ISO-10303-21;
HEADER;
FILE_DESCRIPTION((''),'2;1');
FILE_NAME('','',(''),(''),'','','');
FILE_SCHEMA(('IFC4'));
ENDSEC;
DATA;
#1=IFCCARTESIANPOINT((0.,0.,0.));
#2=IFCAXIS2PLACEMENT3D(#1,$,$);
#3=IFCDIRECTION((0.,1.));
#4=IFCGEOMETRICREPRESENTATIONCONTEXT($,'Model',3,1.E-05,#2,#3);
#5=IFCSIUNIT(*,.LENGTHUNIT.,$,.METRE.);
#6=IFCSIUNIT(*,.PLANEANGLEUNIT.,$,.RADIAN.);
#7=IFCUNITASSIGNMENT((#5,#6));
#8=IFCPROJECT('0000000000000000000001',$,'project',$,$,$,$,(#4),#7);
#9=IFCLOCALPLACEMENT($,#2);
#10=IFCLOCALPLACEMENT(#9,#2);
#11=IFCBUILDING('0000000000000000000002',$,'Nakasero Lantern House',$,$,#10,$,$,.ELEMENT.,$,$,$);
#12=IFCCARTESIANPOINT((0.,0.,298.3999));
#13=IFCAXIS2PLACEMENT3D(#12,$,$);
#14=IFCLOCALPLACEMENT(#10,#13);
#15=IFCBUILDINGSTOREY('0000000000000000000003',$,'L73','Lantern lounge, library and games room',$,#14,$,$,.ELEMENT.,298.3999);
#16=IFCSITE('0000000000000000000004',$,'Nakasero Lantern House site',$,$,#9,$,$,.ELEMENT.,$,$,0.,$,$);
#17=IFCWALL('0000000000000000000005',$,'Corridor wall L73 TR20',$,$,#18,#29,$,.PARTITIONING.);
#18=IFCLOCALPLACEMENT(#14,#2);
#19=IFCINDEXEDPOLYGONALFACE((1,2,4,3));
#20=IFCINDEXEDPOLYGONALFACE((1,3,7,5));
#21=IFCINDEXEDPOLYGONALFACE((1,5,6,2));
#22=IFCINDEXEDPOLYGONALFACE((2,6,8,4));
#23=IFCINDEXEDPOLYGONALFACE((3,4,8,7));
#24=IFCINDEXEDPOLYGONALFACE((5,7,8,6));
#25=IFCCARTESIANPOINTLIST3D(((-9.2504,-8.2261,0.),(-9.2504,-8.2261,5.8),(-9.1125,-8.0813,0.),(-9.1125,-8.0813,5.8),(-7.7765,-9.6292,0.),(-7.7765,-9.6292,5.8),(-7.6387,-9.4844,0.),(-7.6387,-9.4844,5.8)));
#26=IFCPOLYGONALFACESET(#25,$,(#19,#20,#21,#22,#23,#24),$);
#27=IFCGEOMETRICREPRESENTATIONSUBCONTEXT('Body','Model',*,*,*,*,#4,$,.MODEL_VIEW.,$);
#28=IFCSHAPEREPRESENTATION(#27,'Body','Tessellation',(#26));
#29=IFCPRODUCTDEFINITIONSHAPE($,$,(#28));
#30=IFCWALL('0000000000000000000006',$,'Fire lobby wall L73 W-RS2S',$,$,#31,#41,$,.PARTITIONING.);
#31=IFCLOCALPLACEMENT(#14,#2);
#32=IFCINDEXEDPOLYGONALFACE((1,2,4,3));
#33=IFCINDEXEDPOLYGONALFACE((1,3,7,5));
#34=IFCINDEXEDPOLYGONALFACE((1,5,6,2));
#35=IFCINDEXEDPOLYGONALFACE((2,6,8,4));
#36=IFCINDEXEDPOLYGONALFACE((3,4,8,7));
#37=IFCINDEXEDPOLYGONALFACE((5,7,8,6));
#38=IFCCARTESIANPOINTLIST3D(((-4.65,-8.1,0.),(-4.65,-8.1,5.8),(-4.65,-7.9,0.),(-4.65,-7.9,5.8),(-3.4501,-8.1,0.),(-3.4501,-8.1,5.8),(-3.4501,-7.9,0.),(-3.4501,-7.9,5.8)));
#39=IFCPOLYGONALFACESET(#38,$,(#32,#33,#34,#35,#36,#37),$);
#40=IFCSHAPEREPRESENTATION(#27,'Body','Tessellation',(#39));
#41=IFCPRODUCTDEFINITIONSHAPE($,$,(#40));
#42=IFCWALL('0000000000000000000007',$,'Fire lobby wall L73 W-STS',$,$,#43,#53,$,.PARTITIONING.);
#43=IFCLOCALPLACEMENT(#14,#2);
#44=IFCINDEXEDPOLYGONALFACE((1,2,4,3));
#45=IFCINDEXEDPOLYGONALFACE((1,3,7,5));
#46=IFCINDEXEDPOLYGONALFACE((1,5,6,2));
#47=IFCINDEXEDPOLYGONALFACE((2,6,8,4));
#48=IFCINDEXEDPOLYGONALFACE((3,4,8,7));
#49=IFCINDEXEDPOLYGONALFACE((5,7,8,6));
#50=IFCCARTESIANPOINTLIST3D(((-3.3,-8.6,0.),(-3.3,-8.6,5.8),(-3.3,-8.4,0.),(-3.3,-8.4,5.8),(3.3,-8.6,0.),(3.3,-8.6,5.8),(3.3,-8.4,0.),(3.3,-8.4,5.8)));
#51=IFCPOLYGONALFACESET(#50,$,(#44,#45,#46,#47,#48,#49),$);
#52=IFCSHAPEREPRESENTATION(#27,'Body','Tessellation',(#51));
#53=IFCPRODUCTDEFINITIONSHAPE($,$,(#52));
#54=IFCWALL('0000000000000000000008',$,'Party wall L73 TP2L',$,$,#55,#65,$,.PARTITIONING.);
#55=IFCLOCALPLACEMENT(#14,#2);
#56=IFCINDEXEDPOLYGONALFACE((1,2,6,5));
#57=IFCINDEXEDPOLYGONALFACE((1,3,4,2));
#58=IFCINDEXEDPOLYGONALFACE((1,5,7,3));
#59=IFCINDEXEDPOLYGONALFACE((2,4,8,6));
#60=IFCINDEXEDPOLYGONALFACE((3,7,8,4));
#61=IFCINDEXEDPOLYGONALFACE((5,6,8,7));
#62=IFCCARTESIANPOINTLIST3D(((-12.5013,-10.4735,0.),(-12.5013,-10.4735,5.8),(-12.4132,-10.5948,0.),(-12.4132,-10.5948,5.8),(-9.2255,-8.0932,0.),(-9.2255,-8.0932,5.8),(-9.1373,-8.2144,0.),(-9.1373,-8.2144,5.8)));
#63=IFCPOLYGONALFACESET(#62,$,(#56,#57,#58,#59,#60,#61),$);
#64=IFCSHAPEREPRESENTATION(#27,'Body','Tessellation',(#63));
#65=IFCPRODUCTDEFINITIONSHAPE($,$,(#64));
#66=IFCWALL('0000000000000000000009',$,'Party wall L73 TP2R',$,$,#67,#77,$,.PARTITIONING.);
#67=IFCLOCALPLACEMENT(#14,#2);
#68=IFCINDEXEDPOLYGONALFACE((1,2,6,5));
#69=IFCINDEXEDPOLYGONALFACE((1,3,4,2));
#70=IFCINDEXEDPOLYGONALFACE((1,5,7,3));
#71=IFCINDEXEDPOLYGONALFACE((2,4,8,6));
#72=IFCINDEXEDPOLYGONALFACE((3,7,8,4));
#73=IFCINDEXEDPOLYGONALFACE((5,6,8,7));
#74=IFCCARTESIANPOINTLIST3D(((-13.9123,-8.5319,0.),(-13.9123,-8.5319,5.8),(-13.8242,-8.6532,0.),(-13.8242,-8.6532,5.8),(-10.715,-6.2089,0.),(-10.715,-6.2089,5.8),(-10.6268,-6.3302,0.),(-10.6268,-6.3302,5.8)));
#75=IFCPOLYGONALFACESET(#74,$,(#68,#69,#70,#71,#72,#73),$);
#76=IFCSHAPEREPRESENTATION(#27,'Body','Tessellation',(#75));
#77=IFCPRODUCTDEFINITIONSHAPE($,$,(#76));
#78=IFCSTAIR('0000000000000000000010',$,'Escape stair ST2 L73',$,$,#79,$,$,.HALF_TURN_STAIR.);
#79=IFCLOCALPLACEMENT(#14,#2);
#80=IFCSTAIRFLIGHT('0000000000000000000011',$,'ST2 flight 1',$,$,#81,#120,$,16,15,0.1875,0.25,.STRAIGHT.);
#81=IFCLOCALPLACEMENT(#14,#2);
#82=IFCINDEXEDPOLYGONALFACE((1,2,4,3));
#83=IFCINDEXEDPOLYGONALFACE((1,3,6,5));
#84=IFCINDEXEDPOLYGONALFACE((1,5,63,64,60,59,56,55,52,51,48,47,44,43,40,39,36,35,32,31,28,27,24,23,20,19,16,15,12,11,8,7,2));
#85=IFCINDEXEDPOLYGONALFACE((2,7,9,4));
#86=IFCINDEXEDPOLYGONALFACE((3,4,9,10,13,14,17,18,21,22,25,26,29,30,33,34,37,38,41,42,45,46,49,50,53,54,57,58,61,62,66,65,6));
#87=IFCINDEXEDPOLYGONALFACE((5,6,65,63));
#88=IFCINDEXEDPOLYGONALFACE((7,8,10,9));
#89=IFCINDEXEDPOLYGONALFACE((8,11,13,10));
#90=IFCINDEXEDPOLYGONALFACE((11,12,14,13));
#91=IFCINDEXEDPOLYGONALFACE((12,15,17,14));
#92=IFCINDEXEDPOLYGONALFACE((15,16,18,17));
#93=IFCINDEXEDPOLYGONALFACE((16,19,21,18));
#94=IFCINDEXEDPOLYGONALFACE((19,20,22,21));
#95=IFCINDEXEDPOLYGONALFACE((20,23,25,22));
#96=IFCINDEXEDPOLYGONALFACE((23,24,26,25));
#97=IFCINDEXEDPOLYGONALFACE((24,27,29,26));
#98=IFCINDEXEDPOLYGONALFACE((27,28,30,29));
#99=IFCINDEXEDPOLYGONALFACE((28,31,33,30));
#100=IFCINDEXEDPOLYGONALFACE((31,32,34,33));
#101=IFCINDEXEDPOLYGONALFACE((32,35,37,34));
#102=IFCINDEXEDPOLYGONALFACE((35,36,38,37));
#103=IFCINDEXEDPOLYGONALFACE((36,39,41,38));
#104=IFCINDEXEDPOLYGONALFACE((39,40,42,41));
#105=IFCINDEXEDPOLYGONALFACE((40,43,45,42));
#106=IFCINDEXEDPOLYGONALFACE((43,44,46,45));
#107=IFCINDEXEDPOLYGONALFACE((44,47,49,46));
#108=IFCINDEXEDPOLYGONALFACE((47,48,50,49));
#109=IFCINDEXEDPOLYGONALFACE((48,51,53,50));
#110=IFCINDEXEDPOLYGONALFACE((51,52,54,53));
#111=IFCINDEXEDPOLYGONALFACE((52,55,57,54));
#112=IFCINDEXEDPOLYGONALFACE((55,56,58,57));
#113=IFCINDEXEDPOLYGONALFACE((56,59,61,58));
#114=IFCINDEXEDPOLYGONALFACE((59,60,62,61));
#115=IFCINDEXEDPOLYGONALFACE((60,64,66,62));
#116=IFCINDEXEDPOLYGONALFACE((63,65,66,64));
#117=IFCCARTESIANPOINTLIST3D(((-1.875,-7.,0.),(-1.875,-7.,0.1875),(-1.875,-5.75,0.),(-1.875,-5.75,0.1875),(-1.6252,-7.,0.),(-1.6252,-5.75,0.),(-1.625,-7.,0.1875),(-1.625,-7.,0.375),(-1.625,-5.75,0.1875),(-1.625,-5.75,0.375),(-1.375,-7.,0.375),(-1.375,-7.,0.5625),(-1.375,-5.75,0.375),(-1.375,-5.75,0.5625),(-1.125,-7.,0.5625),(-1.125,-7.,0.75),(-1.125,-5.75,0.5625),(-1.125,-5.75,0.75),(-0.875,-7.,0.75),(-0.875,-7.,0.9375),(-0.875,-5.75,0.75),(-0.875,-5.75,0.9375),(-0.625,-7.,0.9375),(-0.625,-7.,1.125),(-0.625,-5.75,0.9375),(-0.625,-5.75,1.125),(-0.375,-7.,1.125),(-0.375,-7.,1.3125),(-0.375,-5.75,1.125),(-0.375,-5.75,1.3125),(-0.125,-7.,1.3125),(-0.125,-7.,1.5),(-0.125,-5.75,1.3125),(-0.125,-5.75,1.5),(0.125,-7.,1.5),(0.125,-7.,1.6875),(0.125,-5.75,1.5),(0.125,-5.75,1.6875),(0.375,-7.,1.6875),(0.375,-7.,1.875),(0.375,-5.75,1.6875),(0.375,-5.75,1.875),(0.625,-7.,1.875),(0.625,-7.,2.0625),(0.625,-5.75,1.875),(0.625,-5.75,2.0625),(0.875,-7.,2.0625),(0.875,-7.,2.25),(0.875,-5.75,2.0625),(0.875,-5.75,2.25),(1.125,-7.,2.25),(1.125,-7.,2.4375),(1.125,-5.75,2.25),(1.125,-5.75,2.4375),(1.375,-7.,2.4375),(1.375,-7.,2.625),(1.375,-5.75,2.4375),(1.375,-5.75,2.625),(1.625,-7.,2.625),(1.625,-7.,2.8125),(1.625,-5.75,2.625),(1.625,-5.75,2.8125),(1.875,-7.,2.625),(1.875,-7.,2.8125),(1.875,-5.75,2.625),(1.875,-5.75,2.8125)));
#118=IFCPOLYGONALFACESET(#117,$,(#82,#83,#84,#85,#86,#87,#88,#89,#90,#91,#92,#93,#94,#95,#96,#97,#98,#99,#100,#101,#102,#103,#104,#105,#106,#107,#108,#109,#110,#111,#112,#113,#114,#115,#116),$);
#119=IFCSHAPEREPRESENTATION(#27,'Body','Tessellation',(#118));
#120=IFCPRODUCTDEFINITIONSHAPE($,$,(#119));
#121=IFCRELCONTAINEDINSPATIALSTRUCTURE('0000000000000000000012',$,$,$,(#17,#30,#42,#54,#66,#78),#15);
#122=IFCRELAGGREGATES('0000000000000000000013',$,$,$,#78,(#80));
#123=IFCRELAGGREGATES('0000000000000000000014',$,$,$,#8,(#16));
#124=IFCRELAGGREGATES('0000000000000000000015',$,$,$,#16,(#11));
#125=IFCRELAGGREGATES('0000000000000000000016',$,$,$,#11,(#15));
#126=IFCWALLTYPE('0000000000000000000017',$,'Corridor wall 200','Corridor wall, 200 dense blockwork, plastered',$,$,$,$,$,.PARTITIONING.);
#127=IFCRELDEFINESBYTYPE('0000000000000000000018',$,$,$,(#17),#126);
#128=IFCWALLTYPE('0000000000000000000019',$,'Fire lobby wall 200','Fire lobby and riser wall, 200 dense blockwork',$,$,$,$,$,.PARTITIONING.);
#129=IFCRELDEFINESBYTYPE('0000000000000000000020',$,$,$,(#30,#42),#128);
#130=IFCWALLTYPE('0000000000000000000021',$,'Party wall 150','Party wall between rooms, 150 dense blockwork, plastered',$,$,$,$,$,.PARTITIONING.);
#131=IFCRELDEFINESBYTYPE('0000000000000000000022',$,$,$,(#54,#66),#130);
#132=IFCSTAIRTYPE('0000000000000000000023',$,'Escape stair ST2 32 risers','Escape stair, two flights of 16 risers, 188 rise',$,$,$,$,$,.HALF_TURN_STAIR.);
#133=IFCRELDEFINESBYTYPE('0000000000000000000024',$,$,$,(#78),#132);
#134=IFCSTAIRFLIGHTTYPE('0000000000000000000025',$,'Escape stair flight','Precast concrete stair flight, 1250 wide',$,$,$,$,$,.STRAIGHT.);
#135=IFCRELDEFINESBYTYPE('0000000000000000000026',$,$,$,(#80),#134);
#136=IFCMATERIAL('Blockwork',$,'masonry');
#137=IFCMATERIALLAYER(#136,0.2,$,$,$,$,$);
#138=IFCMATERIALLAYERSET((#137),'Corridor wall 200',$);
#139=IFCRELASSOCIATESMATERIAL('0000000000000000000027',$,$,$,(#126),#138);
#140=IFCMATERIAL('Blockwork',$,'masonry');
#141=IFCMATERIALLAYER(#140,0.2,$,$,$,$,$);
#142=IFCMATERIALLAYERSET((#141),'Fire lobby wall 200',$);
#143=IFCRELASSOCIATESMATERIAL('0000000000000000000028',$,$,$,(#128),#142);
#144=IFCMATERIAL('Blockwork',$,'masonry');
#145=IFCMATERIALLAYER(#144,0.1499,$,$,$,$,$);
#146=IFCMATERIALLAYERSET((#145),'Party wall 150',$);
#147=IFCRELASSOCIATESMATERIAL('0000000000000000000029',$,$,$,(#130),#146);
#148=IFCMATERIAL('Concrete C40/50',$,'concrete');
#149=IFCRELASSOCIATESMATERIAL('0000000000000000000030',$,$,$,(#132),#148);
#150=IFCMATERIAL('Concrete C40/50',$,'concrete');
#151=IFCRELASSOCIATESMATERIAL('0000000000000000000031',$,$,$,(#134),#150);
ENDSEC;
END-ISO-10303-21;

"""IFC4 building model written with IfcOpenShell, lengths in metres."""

from ifc_helpers import new_model, si_unit, direction, frame, frame_2d, origin, place, context, subcontext, project, spatial, polyline, rectangle, outline, extrude, material, layer, layer_set, type_object, element, aggregate, save


model = new_model("IFC4")

# Units and contexts
model_context = context("Model", 3, precision=1e-05, world=origin(), true_north=direction((0.0, 1.0)))
body_context = subcontext(model_context, "Body", "Model", "MODEL_VIEW")
ifc_project = project(units=[si_unit("LENGTHUNIT", "METRE"), si_unit("PLANEANGLEUNIT", "RADIAN")], contexts=[model_context])

# Site, building, storey
site_placement = place(None, origin())
site = spatial("IfcSite", under=ifc_project, at=site_placement, Name="Nakasero Lantern House site", CompositionType="ELEMENT", RefElevation=0.0)
building_placement = place(site_placement, origin())
building = spatial("IfcBuilding", under=site, at=building_placement, Name="Nakasero Lantern House", CompositionType="ELEMENT")
storey_placement = place(building_placement, frame((0.0, 0.0, 298.3999)))
storey = spatial("IfcBuildingStorey", under=building, at=storey_placement, Name="L73", Description="Lantern lounge, library and games room", CompositionType="ELEMENT", Elevation=298.3999)

# Shared definitions
ifc_material_1 = material(Name="Blockwork", Category="masonry")
ifc_layer_1 = layer(ifc_material_1, 0.2)
ifc_layer_set_1 = layer_set([ifc_layer_1], Name="Corridor wall 200")
wall_type_1 = type_object("IfcWallType", Name="Corridor wall 200", Description="Corridor wall, 200 dense blockwork, plastered", PredefinedType="PARTITIONING", material=ifc_layer_set_1)

# Walls
wall_1_placement = place(storey_placement, frame((-7.7075, -9.5569, 0.0), z_axis=(0.0, 0.0, 1.0), x_axis=(-0.724289, 0.689496, 0.0)))
element("IfcWall", 1, at=wall_1_placement, inside=storey, type_object=wall_type_1, Name="Corridor wall L73 TR20", PredefinedType="PARTITIONING", context=body_context, shape_type="SweptSolid", body=[
    extrude(rectangle(XDim=2.0349, YDim=0.2, at=frame_2d((1.0176, 0.0))), origin(), (0.0, 0.0, 1.0), 5.8),
])
ifc_material_2 = material(Name="Blockwork", Category="masonry")
ifc_layer_2 = layer(ifc_material_2, 0.2)
ifc_layer_set_2 = layer_set([ifc_layer_2], Name="Fire lobby wall 200")
wall_type_2 = type_object("IfcWallType", Name="Fire lobby wall 200", Description="Fire lobby and riser wall, 200 dense blockwork", PredefinedType="PARTITIONING", material=ifc_layer_set_2)
wall_2_placement = place(storey_placement, frame((-3.45, -8.0, 0.0), z_axis=(0.0, 0.0, 1.0), x_axis=(-1.0, 0.0, 0.0)))
element("IfcWall", 2, at=wall_2_placement, inside=storey, type_object=wall_type_2, Name="Fire lobby wall L73 W-RS2S", PredefinedType="PARTITIONING", context=body_context, shape_type="SweptSolid", body=[
    extrude(rectangle(XDim=1.2, YDim=0.2, at=frame_2d((0.6001, 0.0))), origin(), (0.0, 0.0, 1.0), 5.8),
])
wall_3_placement = place(storey_placement, frame((-3.3, -8.5, 0.0), z_axis=(0.0, 0.0, 1.0), x_axis=(1.0, 0.0, 0.0)))
element("IfcWall", 3, at=wall_3_placement, inside=storey, type_object=wall_type_2, Name="Fire lobby wall L73 W-STS", PredefinedType="PARTITIONING", context=body_context, shape_type="SweptSolid", body=[
    extrude(rectangle(XDim=6.6001, YDim=0.2, at=frame_2d((3.3, 0.0))), origin(), (0.0, 0.0, 1.0), 5.8),
])
ifc_material_3 = material(Name="Blockwork", Category="masonry")
ifc_layer_3 = layer(ifc_material_3, 0.1499)
ifc_layer_set_3 = layer_set([ifc_layer_3], Name="Party wall 150")
wall_type_3 = type_object("IfcWallType", Name="Party wall 150", Description="Party wall between rooms, 150 dense blockwork, plastered", PredefinedType="PARTITIONING", material=ifc_layer_set_3)
wall_4_placement = place(storey_placement, frame((-9.1814, -8.1538, 0.0), z_axis=(0.0, 0.0, 1.0), x_axis=(-0.808981, -0.587835, 0.0)))
element("IfcWall", 4, at=wall_4_placement, inside=storey, type_object=wall_type_3, Name="Party wall L73 TP2L", PredefinedType="PARTITIONING", context=body_context, shape_type="SweptSolid", body=[
    extrude(rectangle(XDim=4.0493, YDim=0.1499, at=frame_2d((2.0247, 0.0))), origin(), (0.0, 0.0, 1.0), 5.8),
])
wall_5_placement = place(storey_placement, frame((-10.6709, -6.2695, 0.0), z_axis=(0.0, 0.0, 1.0), x_axis=(-0.809011, -0.587793, 0.0)))
element("IfcWall", 5, at=wall_5_placement, inside=storey, type_object=wall_type_3, Name="Party wall L73 TP2R", PredefinedType="PARTITIONING", context=body_context, shape_type="SweptSolid", body=[
    extrude(rectangle(XDim=3.9521, YDim=0.1499, at=frame_2d((1.9761, 0.0))), origin(), (0.0, 0.0, 1.0), 5.8),
])

# Stair, stair flight
ifc_material_4 = material(Name="Concrete C40/50", Category="concrete")
stair_type = type_object("IfcStairType", Name="Escape stair ST2 32 risers", Description="Escape stair, two flights of 16 risers, 188 rise", PredefinedType="HALF_TURN_STAIR", material=ifc_material_4)
stair_placement = place(storey_placement, origin())
stair = element("IfcStair", 6, at=stair_placement, inside=storey, type_object=stair_type, Name="Escape stair ST2 L73", PredefinedType="HALF_TURN_STAIR")
ifc_material_5 = material(Name="Concrete C40/50", Category="concrete")
stair_flight_type = type_object("IfcStairFlightType", Name="Escape stair flight", Description="Precast concrete stair flight, 1250 wide", PredefinedType="STRAIGHT", material=ifc_material_5)
stair_flight_placement = place(storey_placement, frame((-1.875, -6.375, 0.0), z_axis=(0.0, 0.0, 1.0), x_axis=(1.0, 0.0, 0.0)))
stair_flight = element("IfcStairFlight", 7, at=stair_flight_placement, type_object=stair_flight_type, Name="ST2 flight 1", NumberOfRisers=16, NumberOfTreads=15, PredefinedType="STRAIGHT", RiserHeight=0.1875, TreadLength=0.25, context=body_context, shape_type="SweptSolid", body=[
    extrude(outline(polyline([(0.0, 0.0), (0.0, 0.1875), (0.25, 0.1875), (0.25, 0.375), (0.5, 0.375), (0.5, 0.5625), (0.75, 0.5625), (0.75, 0.75), (1.0, 0.75), (1.0, 0.9375), (1.25, 0.9375), (1.25, 1.125), (1.5, 1.125), (1.5, 1.3125), (1.75, 1.3125), (1.75, 1.5), (2.0, 1.5), (2.0, 1.6875), (2.25, 1.6875), (2.25, 1.875), (2.5, 1.875), (2.5, 2.0625), (2.75, 2.0625), (2.75, 2.25), (3.0, 2.25), (3.0, 2.4375), (3.25, 2.4375), (3.25, 2.625), (3.5, 2.625), (3.5, 2.8125), (3.75, 2.8125), (3.75, 3.0), (3.75, 2.625), (0.2498, 0.0), (0.0, 0.0)])), frame((0.0, 0.625, 0.0), z_axis=(0.0, -1.0, 0.0), x_axis=(1.0, 0.0, 0.0)), (0.0, 0.0, 1.0), 1.25),
])
aggregate(stair, [stair_flight])

save(model, "model.ifc")
